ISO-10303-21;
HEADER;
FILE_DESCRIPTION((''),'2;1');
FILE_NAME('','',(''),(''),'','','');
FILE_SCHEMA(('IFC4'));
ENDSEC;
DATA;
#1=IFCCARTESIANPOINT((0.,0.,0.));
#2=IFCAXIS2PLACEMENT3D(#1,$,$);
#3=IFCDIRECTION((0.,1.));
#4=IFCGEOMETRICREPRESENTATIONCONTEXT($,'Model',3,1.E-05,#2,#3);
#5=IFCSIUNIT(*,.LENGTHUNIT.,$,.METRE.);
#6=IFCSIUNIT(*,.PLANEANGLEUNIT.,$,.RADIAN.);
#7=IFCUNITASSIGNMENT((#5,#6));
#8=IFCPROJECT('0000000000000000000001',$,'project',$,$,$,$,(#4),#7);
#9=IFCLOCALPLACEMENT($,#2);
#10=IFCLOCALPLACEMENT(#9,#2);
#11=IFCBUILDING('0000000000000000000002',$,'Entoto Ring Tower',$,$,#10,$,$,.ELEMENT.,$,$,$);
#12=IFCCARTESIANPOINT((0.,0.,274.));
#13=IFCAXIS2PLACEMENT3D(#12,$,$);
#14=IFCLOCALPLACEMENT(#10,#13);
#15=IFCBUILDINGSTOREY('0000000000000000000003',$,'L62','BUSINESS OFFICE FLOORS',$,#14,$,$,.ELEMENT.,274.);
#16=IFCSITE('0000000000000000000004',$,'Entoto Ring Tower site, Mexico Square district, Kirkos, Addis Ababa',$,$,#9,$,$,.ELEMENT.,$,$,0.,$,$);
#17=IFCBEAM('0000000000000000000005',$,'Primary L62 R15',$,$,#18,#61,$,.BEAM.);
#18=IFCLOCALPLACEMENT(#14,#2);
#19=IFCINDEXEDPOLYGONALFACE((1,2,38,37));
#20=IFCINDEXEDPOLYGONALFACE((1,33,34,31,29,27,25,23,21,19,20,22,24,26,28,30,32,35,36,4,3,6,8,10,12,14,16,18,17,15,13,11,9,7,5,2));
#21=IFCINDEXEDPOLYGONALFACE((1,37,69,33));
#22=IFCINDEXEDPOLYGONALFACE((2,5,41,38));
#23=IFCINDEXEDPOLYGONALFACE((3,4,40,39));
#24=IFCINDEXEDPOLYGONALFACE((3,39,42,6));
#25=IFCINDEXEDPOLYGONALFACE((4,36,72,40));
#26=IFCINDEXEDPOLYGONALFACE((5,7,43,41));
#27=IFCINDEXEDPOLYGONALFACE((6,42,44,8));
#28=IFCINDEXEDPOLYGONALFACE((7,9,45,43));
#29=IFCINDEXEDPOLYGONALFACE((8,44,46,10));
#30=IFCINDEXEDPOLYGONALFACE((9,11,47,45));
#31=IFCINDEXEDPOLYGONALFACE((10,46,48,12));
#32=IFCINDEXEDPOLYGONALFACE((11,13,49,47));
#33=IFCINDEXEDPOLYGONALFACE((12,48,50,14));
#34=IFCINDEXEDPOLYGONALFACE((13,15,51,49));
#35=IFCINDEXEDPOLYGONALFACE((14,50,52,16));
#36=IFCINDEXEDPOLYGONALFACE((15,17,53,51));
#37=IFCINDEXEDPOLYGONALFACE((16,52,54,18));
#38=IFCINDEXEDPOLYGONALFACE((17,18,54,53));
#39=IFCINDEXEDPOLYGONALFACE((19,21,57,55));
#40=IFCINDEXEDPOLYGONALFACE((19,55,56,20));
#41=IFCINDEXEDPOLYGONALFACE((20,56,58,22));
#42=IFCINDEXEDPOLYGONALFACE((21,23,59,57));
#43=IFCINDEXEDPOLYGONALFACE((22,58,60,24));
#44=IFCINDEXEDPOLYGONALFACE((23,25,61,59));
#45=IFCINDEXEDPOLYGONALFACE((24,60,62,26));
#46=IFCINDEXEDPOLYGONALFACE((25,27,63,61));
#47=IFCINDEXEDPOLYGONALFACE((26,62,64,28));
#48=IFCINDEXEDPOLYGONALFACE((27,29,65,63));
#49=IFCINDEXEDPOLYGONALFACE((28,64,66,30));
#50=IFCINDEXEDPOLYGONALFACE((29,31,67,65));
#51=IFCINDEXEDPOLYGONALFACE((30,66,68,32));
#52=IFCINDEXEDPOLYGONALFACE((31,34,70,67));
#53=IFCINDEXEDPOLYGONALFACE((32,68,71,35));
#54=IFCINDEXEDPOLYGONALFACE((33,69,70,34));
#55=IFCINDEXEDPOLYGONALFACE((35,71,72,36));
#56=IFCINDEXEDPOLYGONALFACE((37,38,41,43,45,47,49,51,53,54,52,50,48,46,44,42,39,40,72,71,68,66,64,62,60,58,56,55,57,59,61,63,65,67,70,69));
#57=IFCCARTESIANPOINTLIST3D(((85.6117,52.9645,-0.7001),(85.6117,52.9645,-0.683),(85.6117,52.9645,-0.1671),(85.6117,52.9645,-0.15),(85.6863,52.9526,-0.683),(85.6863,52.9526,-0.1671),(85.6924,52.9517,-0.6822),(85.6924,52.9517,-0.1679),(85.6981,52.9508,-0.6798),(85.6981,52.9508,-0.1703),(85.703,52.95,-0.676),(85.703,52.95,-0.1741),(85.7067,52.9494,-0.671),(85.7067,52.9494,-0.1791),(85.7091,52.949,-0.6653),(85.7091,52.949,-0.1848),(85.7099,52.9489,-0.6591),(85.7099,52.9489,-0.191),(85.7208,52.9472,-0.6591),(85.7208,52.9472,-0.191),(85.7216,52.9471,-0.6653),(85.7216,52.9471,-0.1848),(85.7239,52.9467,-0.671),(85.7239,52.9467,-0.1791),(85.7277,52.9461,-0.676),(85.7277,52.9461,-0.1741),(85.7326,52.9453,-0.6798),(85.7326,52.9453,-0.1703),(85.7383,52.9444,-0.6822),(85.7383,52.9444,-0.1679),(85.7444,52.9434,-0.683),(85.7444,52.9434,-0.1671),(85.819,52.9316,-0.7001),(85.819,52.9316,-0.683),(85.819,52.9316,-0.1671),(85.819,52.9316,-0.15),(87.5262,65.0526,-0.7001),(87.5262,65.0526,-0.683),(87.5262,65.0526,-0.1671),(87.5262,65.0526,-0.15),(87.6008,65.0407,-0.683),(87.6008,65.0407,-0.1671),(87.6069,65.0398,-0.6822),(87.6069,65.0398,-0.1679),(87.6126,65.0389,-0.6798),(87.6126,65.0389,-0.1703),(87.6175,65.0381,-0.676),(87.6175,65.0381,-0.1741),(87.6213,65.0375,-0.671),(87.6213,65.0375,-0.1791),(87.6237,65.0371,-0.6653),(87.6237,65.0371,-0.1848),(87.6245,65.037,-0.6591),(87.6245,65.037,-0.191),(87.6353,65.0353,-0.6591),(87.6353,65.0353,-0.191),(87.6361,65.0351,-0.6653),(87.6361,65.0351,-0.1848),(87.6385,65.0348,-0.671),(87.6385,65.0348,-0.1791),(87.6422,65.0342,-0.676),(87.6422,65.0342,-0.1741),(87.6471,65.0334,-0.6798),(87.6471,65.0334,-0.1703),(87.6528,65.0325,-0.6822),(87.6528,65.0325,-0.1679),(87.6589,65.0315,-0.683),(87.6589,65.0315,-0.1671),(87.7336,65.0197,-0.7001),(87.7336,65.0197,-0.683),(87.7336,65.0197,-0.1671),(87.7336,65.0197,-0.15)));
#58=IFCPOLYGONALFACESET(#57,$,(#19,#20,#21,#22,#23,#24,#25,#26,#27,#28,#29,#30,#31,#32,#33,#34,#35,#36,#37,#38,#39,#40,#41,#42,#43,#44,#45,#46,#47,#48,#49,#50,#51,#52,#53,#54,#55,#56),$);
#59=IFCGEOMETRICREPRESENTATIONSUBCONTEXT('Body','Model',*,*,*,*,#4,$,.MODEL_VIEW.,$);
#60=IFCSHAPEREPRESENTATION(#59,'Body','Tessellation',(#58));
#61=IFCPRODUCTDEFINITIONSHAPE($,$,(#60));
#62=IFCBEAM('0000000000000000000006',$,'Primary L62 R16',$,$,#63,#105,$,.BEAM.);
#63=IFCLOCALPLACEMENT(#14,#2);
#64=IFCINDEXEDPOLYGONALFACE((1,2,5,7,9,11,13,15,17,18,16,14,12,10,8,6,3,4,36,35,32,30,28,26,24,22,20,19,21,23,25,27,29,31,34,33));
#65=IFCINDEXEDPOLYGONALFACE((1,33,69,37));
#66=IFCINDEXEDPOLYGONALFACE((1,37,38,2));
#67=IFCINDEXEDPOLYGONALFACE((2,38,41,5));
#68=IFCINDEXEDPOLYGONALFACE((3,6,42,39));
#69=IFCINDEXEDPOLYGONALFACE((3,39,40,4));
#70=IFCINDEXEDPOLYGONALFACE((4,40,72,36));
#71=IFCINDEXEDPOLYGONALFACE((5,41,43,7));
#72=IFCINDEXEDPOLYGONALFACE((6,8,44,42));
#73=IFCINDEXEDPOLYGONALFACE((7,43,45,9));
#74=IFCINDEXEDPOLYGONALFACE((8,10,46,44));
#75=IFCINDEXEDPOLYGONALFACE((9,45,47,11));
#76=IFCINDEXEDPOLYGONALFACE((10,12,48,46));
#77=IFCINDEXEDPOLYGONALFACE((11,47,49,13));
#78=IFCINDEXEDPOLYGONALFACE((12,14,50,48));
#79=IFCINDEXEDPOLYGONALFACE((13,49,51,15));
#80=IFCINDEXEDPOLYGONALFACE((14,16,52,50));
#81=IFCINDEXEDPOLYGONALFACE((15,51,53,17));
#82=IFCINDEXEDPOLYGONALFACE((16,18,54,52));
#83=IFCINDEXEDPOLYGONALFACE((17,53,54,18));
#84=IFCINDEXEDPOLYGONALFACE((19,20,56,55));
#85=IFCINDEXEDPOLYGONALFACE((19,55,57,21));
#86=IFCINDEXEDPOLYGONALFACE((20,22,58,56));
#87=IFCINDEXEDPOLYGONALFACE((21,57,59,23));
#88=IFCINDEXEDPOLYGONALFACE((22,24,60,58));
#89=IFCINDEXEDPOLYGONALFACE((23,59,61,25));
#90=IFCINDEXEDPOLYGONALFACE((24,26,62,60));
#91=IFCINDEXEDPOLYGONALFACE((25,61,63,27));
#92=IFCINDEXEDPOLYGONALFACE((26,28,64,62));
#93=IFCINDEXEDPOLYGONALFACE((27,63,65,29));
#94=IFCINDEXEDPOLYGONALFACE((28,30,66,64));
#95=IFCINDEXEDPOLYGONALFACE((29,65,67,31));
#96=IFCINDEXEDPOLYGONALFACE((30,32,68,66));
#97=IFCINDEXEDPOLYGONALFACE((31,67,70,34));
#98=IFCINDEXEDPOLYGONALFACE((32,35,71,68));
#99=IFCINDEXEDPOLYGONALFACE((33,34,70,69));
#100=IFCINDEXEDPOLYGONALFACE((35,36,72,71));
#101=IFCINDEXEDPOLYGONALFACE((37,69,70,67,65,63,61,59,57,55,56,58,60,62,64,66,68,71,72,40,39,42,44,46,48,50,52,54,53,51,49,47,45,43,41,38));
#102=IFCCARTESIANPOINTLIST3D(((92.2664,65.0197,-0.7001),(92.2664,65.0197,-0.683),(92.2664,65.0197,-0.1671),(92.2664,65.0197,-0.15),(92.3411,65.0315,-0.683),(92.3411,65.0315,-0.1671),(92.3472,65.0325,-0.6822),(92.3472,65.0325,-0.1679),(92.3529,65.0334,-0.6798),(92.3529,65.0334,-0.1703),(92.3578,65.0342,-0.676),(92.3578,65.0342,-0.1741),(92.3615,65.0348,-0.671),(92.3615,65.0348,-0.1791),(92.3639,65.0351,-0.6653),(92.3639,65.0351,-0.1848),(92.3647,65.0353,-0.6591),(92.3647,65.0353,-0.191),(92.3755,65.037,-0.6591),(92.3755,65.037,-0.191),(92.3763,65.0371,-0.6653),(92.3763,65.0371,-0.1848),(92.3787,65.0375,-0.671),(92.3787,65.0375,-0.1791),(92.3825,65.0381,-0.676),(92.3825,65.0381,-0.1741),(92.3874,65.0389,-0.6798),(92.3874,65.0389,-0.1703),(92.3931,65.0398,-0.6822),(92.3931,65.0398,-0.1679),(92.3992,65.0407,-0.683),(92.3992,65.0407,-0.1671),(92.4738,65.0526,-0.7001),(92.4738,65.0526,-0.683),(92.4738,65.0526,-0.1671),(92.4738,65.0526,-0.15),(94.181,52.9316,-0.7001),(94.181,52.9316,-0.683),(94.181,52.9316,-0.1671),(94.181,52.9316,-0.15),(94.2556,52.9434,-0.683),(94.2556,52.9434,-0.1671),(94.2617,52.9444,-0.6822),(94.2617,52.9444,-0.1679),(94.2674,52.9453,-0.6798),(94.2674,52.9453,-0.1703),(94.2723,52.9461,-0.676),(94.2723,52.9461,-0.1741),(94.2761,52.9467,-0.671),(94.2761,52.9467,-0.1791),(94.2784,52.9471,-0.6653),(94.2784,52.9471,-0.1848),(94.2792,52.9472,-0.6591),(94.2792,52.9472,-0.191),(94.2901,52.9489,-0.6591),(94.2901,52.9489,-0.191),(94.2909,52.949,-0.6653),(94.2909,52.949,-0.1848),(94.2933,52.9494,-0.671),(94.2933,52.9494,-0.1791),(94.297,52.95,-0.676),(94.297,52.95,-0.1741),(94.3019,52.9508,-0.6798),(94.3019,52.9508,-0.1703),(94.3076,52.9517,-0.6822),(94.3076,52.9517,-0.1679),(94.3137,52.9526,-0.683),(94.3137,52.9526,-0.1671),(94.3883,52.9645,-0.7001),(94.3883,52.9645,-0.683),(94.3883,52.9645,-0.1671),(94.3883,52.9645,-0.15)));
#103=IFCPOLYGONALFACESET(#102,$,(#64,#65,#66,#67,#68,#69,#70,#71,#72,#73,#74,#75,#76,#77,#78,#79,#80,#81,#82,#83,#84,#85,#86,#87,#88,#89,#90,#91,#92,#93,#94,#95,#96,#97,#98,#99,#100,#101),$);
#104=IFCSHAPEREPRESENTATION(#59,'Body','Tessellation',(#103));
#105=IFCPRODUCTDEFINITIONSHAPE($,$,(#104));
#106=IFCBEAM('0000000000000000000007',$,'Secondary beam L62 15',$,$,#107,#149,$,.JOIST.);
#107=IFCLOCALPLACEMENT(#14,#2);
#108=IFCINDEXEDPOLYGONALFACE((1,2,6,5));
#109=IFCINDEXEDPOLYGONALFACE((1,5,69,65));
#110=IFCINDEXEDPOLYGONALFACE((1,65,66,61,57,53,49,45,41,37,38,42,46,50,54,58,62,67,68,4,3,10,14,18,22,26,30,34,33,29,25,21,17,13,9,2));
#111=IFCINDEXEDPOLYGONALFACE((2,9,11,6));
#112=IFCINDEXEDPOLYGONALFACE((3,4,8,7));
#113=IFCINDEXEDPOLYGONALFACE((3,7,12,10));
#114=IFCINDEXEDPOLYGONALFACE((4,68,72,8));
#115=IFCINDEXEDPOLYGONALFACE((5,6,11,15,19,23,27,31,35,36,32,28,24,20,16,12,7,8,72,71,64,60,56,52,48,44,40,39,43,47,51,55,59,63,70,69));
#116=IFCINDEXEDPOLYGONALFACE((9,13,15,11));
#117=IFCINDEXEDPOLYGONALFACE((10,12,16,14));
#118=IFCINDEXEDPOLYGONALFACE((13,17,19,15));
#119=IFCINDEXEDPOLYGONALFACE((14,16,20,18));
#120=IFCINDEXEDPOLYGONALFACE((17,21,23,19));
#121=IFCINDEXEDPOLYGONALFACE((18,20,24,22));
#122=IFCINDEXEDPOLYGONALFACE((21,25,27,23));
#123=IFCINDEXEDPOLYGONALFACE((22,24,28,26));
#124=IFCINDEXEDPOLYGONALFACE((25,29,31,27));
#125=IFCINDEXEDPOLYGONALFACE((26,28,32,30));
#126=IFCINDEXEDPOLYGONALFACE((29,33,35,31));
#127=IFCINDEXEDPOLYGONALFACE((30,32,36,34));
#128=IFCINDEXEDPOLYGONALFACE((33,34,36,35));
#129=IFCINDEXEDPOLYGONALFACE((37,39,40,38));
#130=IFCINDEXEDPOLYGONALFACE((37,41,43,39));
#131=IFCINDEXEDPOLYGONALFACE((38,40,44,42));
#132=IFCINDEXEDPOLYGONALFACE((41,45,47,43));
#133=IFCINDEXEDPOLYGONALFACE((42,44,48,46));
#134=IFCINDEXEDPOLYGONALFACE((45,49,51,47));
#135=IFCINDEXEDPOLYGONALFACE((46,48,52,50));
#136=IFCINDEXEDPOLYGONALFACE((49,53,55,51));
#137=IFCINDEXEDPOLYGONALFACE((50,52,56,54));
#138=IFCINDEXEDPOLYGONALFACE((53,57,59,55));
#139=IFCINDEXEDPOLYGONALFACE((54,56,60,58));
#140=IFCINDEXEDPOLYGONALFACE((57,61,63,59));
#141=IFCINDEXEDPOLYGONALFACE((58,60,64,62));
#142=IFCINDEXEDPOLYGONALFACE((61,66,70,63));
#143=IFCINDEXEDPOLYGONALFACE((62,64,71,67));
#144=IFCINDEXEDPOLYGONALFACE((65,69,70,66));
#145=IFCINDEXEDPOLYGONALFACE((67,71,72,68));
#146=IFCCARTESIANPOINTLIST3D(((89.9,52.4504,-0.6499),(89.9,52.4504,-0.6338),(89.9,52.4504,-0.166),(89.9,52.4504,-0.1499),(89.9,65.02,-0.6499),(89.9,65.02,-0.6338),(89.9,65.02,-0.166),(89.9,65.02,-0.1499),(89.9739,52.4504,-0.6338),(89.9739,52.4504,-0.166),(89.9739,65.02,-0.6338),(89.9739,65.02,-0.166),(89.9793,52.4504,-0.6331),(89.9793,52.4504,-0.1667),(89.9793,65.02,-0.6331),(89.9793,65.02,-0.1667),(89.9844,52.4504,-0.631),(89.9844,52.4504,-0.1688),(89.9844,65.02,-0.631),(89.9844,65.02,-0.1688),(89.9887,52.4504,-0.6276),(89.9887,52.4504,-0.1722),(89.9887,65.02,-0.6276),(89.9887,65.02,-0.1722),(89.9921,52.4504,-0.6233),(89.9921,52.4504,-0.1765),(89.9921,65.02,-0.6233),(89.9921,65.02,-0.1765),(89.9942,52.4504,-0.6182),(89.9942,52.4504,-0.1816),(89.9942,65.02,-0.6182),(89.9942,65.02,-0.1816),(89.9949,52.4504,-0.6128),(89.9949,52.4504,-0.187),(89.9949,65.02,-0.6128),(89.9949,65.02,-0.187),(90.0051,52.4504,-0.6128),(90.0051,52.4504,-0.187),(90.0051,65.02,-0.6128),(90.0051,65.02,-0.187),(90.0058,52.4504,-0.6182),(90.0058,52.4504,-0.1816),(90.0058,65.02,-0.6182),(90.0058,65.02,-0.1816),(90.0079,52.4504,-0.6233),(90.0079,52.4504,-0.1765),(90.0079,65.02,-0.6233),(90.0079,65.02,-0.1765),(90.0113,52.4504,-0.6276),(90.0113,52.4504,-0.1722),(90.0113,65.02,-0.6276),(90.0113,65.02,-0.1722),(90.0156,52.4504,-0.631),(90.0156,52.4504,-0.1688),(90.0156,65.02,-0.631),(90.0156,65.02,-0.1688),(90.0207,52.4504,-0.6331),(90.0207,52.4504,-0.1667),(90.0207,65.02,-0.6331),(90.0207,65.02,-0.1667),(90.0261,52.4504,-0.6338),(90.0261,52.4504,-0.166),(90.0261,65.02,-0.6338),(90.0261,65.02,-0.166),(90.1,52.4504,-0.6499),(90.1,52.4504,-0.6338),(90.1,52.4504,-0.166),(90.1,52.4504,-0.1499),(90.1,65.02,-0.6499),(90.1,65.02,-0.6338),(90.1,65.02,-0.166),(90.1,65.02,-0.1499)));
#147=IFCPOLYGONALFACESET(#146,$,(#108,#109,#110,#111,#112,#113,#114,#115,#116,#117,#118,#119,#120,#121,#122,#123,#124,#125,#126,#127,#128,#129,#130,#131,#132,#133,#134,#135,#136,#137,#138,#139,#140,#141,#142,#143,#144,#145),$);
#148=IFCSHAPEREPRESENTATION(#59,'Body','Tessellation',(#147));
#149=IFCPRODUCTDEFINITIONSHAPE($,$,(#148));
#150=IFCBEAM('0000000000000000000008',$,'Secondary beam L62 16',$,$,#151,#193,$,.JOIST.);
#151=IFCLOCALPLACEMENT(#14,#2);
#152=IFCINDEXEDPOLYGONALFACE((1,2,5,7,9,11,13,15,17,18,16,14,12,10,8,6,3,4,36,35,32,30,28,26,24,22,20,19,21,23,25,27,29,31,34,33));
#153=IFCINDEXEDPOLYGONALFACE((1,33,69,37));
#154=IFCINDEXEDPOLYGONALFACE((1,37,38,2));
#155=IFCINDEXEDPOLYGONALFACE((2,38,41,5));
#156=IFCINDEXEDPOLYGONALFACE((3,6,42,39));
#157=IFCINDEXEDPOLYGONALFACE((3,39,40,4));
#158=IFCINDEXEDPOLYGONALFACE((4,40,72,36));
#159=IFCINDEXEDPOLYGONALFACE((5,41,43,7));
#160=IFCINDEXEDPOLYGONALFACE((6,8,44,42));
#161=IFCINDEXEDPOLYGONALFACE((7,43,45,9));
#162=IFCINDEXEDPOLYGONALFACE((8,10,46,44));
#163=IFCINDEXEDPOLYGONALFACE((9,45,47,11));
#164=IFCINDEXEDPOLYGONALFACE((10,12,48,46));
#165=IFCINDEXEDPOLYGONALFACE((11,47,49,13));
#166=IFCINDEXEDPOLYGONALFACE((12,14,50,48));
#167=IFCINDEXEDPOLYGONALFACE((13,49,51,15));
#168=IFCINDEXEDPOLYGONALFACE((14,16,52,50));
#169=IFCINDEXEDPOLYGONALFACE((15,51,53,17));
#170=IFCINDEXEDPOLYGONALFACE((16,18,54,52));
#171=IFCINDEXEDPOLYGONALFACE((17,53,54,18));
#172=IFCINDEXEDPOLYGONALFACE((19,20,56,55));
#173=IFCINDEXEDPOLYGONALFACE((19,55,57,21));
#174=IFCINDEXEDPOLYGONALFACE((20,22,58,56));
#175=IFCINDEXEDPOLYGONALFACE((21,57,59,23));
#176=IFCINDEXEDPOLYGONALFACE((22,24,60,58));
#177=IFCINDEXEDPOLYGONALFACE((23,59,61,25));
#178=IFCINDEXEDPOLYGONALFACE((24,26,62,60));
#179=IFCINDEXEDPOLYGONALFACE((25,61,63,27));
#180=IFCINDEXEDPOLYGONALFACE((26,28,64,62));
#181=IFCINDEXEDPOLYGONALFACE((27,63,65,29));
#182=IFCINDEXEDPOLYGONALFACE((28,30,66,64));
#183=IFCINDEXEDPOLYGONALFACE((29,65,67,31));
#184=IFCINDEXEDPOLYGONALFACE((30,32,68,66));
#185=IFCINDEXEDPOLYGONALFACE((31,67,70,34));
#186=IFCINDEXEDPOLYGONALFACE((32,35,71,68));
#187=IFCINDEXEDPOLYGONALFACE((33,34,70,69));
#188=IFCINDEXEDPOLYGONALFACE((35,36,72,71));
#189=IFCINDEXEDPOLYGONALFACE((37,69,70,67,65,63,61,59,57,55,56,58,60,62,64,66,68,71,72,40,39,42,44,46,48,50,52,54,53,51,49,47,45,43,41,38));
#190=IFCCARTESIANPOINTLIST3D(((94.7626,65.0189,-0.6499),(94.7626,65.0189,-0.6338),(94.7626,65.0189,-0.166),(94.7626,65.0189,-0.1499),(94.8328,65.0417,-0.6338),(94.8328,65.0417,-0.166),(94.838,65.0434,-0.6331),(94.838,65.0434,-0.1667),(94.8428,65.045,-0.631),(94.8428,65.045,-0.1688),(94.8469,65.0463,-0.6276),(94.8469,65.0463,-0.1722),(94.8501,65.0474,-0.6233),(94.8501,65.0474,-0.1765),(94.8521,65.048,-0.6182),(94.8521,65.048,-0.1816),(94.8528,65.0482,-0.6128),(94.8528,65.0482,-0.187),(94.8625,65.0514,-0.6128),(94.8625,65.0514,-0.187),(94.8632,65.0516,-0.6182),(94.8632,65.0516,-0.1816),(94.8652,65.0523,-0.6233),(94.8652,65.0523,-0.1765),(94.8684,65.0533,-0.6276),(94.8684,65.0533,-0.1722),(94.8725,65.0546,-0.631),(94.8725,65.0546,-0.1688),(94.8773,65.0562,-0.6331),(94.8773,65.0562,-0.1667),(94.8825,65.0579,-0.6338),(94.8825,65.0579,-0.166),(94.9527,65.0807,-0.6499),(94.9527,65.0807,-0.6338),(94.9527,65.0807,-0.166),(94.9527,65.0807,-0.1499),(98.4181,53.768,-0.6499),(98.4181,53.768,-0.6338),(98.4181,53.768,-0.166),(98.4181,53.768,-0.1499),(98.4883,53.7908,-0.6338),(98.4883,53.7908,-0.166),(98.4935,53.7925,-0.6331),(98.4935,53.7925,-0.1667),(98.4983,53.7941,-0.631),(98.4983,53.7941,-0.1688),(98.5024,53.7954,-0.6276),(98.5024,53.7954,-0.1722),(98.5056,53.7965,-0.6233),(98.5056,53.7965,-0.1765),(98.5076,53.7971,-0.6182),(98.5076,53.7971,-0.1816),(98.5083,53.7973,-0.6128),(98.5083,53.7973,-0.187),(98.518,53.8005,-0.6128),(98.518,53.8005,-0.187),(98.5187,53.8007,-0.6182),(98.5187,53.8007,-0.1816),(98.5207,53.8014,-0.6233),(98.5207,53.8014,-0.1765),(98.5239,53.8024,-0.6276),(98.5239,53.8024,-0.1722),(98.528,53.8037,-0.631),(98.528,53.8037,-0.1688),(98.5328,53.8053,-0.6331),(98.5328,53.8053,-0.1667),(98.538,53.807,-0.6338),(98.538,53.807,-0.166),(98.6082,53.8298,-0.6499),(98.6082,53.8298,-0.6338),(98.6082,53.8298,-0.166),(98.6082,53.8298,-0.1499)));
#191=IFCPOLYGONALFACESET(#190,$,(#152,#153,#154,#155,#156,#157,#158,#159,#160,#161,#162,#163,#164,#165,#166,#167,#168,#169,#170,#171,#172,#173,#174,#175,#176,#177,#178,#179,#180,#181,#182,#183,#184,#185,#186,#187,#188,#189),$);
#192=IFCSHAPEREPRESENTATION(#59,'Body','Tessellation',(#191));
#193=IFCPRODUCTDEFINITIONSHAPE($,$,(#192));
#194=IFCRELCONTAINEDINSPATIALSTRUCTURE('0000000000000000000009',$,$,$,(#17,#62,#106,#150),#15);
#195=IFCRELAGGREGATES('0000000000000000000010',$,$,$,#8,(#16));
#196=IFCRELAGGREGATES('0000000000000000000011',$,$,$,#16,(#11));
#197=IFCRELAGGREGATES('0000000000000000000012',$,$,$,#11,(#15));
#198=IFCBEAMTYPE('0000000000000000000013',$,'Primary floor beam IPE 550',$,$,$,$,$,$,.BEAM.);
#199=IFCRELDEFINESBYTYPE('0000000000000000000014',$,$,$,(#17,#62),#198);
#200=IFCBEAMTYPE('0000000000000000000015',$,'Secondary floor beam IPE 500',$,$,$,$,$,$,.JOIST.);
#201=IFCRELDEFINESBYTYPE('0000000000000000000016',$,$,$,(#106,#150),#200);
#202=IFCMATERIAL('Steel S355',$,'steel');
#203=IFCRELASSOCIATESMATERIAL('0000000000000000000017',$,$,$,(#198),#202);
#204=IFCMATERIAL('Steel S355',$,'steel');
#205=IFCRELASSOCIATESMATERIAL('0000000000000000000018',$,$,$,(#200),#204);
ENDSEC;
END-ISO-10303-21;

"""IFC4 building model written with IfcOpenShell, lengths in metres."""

from ifc_helpers import new_model, si_unit, direction, frame, origin, origin_2d, place, context, subcontext, project, spatial, i_section, extrude, material, material_profile, profile_set, type_object, element, save


model = new_model("IFC4")

# Units and contexts
model_context = context("Model", 3, precision=1e-05, world=origin(), true_north=direction((0.0, 1.0)))
body_context = subcontext(model_context, "Body", "Model", "MODEL_VIEW")
ifc_project = project(units=[si_unit("LENGTHUNIT", "METRE"), si_unit("PLANEANGLEUNIT", "RADIAN")], contexts=[model_context])

# Site, building, storey
site_placement = place(None, origin())
site = spatial("IfcSite", under=ifc_project, at=site_placement, Name="Entoto Ring Tower site, Mexico Square district, Kirkos, Addis Ababa", CompositionType="ELEMENT", RefElevation=0.0)
building_placement = place(site_placement, origin())
building = spatial("IfcBuilding", under=site, at=building_placement, Name="Entoto Ring Tower", CompositionType="ELEMENT")
storey_placement = place(building_placement, frame((0.0, 0.0, 274.0)))
storey = spatial("IfcBuildingStorey", under=building, at=storey_placement, Name="L62", Description="BUSINESS OFFICE FLOORS", CompositionType="ELEMENT", Elevation=274.0)

# Beams
ifc_material_1 = material(Name="Steel S355", Category="steel")
ifc_material_profile_1 = material_profile(ifc_material_1, i_section(OverallWidth=0.21, OverallDepth=0.55, WebThickness=0.011, FlangeThickness=0.0171, FilletRadius=0.0239, at=origin_2d()), Name="IPE 550")
ifc_profile_set_1 = profile_set([ifc_material_profile_1], Name="Steel S355")
beam_type_1 = type_object("IfcBeamType", Name="Primary floor beam IPE 550", PredefinedType="BEAM", material=ifc_profile_set_1)
for number, where, z_axis, x_axis, name in (
    (1, (87.6299, 65.0361, -0.425), (-0.156433, -0.987689, 0.0), (0.987689, -0.156433, 0.0), "Primary L62 R15"),
    (2, (92.3701, 65.0361, -0.425), (0.156433, -0.987689, 0.0), (0.987689, 0.156433, 0.0), "Primary L62 R16"),
):
    element("IfcBeam", number, at=place(storey_placement, frame(where, z_axis=z_axis, x_axis=x_axis)), inside=storey, type_object=beam_type_1, Name=name, PredefinedType="BEAM", context=body_context, shape_type="SweptSolid", body=[
        extrude(i_section(OverallWidth=0.21, OverallDepth=0.55, WebThickness=0.011, FlangeThickness=0.0171, FilletRadius=0.0239, at=origin_2d()), origin(), (0.0, 0.0, 1.0), 12.2388),
    ])
ifc_material_2 = material(Name="Steel S355", Category="steel")
ifc_material_profile_2 = material_profile(ifc_material_2, i_section(OverallWidth=0.2, OverallDepth=0.5, WebThickness=0.0103, FlangeThickness=0.0161, FilletRadius=0.021, at=origin_2d()), Name="IPE 500")
ifc_profile_set_2 = profile_set([ifc_material_profile_2], Name="Steel S355")
beam_type_2 = type_object("IfcBeamType", Name="Secondary floor beam IPE 500", PredefinedType="JOIST", material=ifc_profile_set_2)
beam_1_placement = place(storey_placement, frame((90.0, 65.02, -0.3999), z_axis=(0.0, -1.0, 0.0), x_axis=(1.0, 0.0, 0.0)))
element("IfcBeam", 3, at=beam_1_placement, inside=storey, type_object=beam_type_2, Name="Secondary beam L62 15", PredefinedType="JOIST", context=body_context, shape_type="SweptSolid", body=[
    extrude(i_section(OverallWidth=0.2, OverallDepth=0.5, WebThickness=0.0103, FlangeThickness=0.0161, FilletRadius=0.021, at=origin_2d()), origin(), (0.0, 0.0, 1.0), 12.5696),
])
beam_2_placement = place(storey_placement, frame((94.8577, 65.0498, -0.3999), z_axis=(0.309006, -0.95106, 0.0), x_axis=(0.95106, 0.309006, 0.0)))
element("IfcBeam", 4, at=beam_2_placement, inside=storey, type_object=beam_type_2, Name="Secondary beam L62 16", PredefinedType="JOIST", context=body_context, shape_type="SweptSolid", body=[
    extrude(i_section(OverallWidth=0.2, OverallDepth=0.5, WebThickness=0.0103, FlangeThickness=0.0161, FilletRadius=0.021, at=origin_2d()), origin(), (0.0, 0.0, 1.0), 11.8298),
])

save(model, "model.ifc")
